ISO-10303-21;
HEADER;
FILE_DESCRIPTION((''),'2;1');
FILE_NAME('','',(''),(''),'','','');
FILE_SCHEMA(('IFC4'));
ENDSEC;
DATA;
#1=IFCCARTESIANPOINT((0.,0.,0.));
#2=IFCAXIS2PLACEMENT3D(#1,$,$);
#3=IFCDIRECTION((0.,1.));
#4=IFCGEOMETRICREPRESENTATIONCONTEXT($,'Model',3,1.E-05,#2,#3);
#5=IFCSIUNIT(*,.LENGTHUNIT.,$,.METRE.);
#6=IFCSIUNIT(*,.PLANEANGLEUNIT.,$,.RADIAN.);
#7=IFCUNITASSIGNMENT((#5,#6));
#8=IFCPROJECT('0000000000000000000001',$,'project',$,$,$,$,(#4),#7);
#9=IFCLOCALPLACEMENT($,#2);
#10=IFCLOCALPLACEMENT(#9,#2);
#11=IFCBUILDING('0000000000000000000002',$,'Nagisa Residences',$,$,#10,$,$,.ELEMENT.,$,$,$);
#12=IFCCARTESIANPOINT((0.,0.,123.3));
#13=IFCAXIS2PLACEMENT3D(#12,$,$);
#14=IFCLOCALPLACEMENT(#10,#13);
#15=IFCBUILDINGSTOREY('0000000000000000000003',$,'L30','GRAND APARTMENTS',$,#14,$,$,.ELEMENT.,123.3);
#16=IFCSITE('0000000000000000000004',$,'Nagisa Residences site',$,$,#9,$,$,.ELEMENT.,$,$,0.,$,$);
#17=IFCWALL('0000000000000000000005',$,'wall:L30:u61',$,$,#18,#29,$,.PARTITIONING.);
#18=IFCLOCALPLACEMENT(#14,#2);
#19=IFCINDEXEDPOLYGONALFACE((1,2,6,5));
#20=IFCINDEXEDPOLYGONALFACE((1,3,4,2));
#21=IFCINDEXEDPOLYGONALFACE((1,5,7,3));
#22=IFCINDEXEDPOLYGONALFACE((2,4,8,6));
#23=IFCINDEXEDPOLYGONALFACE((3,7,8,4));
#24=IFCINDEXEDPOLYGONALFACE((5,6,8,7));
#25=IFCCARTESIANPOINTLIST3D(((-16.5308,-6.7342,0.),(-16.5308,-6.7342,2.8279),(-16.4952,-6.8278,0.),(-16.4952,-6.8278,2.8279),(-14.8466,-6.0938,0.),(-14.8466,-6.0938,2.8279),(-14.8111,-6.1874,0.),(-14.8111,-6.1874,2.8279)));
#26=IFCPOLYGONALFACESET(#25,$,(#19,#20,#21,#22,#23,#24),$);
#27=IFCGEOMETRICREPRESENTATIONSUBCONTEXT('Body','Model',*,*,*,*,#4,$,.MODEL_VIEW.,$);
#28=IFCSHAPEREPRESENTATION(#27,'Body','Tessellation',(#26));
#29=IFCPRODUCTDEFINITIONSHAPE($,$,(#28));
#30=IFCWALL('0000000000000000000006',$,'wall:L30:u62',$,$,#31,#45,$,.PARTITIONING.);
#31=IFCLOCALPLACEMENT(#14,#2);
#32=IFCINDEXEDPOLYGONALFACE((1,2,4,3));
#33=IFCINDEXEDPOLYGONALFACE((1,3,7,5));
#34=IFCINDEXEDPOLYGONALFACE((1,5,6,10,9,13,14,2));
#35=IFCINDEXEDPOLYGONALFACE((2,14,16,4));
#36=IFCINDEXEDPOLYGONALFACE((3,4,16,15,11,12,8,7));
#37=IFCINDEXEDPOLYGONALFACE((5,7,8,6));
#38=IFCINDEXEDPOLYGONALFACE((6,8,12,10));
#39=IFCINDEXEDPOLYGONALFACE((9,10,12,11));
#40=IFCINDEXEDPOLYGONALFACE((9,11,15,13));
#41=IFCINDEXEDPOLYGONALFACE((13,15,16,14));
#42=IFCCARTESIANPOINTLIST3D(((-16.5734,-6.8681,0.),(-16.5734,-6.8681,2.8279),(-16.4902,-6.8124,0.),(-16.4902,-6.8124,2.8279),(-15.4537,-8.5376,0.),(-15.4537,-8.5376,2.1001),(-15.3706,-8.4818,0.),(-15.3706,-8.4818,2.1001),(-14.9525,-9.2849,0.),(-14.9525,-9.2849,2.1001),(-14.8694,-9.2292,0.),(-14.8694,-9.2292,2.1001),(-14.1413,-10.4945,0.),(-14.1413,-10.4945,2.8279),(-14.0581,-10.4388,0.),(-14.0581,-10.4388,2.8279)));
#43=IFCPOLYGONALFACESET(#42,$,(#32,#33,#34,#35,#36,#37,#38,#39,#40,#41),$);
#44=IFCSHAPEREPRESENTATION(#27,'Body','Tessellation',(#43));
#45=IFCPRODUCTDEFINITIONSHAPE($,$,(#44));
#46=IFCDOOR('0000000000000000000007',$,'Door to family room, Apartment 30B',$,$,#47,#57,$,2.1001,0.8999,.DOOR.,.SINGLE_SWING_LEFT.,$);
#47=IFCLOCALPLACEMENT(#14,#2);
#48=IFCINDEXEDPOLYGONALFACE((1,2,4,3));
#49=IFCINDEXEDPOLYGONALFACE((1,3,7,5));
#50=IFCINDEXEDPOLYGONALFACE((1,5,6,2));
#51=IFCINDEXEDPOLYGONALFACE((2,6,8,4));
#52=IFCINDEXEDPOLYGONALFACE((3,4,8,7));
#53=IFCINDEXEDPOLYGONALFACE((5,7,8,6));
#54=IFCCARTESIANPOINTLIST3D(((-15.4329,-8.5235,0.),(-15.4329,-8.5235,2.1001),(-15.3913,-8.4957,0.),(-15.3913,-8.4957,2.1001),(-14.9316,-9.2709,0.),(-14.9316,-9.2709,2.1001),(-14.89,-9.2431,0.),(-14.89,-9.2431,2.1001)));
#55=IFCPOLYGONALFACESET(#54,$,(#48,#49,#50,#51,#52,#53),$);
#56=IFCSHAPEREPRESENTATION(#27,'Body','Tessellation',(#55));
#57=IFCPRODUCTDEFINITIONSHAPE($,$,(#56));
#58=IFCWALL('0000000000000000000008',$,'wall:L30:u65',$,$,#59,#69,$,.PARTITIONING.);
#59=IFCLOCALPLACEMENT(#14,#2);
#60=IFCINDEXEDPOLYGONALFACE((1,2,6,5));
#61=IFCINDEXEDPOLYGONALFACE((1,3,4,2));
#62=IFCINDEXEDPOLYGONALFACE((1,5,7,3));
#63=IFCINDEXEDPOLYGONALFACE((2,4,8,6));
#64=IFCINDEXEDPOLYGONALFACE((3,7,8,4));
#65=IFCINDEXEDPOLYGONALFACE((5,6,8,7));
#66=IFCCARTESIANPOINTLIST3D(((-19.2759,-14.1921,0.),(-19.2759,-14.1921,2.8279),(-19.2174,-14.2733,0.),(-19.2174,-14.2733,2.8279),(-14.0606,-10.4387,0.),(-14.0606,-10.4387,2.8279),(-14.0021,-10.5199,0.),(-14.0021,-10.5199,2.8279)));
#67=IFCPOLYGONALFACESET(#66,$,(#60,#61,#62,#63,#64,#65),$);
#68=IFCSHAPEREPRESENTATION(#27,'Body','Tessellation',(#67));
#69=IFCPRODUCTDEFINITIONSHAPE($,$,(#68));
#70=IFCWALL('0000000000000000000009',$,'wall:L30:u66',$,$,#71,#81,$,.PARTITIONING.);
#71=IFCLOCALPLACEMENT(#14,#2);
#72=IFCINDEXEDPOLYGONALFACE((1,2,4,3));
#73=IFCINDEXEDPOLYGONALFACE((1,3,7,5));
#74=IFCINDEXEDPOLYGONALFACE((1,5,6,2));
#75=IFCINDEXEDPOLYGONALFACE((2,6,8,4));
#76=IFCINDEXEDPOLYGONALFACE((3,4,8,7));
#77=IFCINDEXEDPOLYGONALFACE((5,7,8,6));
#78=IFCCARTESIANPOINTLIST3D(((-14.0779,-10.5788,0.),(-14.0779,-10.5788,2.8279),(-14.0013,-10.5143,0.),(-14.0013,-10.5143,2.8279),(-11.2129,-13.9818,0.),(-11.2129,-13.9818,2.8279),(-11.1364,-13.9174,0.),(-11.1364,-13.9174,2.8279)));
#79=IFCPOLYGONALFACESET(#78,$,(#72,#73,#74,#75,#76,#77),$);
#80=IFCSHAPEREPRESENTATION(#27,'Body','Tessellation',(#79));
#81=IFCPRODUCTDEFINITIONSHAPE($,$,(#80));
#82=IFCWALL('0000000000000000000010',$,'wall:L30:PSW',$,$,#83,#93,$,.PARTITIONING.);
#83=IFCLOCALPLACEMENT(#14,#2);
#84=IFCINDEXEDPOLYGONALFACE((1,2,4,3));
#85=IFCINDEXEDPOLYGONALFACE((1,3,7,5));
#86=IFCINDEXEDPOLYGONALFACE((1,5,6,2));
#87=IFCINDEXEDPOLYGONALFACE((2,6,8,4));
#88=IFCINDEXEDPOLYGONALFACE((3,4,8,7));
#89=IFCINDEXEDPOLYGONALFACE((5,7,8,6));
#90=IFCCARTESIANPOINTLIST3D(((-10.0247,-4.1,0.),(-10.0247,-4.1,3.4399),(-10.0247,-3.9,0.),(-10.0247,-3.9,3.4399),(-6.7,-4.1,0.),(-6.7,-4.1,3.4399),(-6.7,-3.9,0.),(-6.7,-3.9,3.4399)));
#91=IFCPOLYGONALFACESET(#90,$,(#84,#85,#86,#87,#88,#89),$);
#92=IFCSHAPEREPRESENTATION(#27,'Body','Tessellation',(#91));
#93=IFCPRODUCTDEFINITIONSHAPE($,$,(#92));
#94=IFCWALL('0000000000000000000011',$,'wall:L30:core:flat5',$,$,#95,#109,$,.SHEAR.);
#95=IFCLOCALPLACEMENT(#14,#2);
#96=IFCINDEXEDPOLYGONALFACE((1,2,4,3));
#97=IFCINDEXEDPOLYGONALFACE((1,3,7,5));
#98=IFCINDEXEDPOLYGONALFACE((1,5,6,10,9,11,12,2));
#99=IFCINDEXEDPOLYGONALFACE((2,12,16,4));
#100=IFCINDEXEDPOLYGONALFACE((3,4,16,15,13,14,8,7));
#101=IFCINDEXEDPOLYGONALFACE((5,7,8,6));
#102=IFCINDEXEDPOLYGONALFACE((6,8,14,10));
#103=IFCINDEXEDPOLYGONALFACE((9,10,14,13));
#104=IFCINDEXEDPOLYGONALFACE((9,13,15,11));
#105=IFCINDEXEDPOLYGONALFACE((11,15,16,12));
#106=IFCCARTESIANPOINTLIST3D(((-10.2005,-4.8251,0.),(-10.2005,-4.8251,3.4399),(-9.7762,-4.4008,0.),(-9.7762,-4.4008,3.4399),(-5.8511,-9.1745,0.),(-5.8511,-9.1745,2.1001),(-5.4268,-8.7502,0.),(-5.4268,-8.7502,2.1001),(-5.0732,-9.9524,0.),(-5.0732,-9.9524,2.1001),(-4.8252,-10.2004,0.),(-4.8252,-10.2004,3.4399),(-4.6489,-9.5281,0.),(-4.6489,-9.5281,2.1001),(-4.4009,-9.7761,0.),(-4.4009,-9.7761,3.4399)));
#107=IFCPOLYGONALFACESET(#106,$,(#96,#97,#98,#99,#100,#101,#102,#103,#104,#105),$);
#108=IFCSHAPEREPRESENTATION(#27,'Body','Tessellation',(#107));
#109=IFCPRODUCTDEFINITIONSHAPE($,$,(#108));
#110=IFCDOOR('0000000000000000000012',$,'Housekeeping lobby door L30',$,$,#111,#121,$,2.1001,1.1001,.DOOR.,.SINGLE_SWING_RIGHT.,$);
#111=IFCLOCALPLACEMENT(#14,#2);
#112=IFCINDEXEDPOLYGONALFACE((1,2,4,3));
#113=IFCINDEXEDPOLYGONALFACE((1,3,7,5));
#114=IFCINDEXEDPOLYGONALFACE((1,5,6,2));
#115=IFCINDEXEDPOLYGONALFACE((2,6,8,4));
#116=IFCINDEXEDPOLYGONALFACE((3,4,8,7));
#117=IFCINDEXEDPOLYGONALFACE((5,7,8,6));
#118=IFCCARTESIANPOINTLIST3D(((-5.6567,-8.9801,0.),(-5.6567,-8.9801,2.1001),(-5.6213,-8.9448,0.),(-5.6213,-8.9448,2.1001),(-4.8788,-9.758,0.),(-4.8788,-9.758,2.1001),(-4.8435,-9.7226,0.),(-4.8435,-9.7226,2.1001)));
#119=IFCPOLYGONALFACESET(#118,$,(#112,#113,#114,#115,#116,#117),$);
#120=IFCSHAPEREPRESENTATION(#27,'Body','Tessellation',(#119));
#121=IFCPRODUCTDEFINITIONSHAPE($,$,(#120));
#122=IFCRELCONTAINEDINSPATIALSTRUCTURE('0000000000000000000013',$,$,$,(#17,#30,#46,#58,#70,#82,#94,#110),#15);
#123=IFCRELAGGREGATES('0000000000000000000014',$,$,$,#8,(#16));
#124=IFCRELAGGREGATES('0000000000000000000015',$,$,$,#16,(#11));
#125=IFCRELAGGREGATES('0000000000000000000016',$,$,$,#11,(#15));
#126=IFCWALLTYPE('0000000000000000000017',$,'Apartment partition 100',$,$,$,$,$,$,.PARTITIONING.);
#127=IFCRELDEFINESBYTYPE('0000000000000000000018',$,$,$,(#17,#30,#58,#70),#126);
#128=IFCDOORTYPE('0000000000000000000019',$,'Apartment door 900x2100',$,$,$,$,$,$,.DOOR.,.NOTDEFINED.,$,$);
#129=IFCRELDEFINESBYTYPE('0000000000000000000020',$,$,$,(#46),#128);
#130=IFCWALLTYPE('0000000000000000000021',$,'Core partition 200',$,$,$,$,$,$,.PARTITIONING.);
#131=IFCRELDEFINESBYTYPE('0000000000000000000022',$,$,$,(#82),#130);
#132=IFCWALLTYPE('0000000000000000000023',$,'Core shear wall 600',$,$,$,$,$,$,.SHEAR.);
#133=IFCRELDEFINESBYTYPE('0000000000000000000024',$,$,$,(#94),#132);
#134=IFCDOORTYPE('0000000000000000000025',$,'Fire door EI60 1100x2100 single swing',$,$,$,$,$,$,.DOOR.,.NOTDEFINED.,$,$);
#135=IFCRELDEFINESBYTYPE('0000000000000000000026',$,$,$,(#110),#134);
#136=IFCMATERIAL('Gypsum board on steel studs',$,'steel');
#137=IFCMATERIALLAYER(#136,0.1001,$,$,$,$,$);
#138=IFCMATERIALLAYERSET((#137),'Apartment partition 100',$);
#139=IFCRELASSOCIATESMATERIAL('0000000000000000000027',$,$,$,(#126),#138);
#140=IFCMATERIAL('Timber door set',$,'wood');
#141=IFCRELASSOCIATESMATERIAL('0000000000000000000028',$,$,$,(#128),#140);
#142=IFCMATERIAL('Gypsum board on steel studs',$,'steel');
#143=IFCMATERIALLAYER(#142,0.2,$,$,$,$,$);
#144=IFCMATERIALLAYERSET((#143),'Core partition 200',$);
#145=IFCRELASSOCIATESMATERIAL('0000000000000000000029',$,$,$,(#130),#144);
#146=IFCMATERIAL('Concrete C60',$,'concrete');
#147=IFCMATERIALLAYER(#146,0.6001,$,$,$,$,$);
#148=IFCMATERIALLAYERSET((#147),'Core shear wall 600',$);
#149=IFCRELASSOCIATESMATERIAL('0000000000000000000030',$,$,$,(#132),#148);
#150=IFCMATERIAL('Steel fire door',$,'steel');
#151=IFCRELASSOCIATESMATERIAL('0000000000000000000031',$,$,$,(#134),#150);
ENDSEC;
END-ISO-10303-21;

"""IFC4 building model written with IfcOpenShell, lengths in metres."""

from ifc_helpers import new_model, si_unit, direction, frame, frame_2d, origin, place, context, subcontext, project, spatial, rectangle, extrude, material, layer, layer_set, type_object, element, fill, save


model = new_model("IFC4")

# Units and contexts
model_context = context("Model", 3, precision=1e-05, world=origin(), true_north=direction((0.0, 1.0)))
body_context = subcontext(model_context, "Body", "Model", "MODEL_VIEW")
ifc_project = project(units=[si_unit("LENGTHUNIT", "METRE"), si_unit("PLANEANGLEUNIT", "RADIAN")], contexts=[model_context])

# Site, building, storey
site_placement = place(None, origin())
site = spatial("IfcSite", under=ifc_project, at=site_placement, Name="Nagisa Residences site", CompositionType="ELEMENT", RefElevation=0.0)
building_placement = place(site_placement, origin())
building = spatial("IfcBuilding", under=site, at=building_placement, Name="Nagisa Residences", CompositionType="ELEMENT")
storey_placement = place(building_placement, frame((0.0, 0.0, 123.3)))
storey = spatial("IfcBuildingStorey", under=building, at=storey_placement, Name="L30", Description="GRAND APARTMENTS", CompositionType="ELEMENT", Elevation=123.3)

# Shared definitions
ifc_material_1 = material(Name="Gypsum board on steel studs", Category="steel")
ifc_layer_1 = layer(ifc_material_1, 0.1001)
ifc_layer_set_1 = layer_set([ifc_layer_1], Name="Apartment partition 100")
wall_type_1 = type_object("IfcWallType", Name="Apartment partition 100", PredefinedType="PARTITIONING", material=ifc_layer_set_1)
ifc_material_2 = material(Name="Timber door set", Category="wood")
door_type_1 = type_object("IfcDoorType", Name="Apartment door 900x2100", OperationType="NOTDEFINED", PredefinedType="DOOR", material=ifc_material_2)

# Wall
wall_1_placement = place(storey_placement, frame((-14.8289, -6.1406, 0.0), z_axis=(0.0, 0.0, 1.0), x_axis=(-0.934704, -0.355426, 0.0)))
element("IfcWall", 1, at=wall_1_placement, inside=storey, type_object=wall_type_1, Name="wall:L30:u61", PredefinedType="PARTITIONING", context=body_context, shape_type="SweptSolid", body=[
    extrude(rectangle(XDim=1.8018, YDim=0.1001, at=frame_2d((0.9009, 0.0))), origin(), (0.0, 0.0, 1.0), 2.8279),
])

# Wall, opening, door
wall_2_placement = place(storey_placement, frame((-16.5317, -6.8403, 0.0), z_axis=(0.0, 0.0, 1.0), x_axis=(0.556995, -0.830516, 0.0)))
wall_2 = element("IfcWall", 2, at=wall_2_placement, inside=storey, type_object=wall_type_1, Name="wall:L30:u62", PredefinedType="PARTITIONING", context=body_context, shape_type="SweptSolid", body=[
    extrude(rectangle(XDim=4.3665, YDim=0.1001, at=frame_2d((2.1831, 0.0))), origin(), (0.0, 0.0, 1.0), 2.8279),
])
opening_1_placement = place(wall_2_placement, frame((2.01, 0.0, 0.0)))
opening_1 = element("IfcOpeningElement", 3, at=opening_1_placement, cuts=wall_2, PredefinedType="OPENING", context=body_context, shape_type="SweptSolid", body=[
    extrude(rectangle(XDim=0.8999, YDim=2.1001, at=frame_2d((0.45, 1.05))), frame((0.0, 0.0601, 0.0), z_axis=(0.0, -1.0, 0.0), x_axis=(1.0, 0.0, 0.0)), (0.0, 0.0, 1.0), 0.1201),
])
door_1_placement = place(opening_1_placement, frame((0.8999, 0.0, 0.0), x_axis=(-1.0, 0.0, 0.0)))
door_1 = element("IfcDoor", 4, at=door_1_placement, inside=storey, type_object=door_type_1, Name="Door to family room, Apartment 30B", OperationType="SINGLE_SWING_LEFT", OverallHeight=2.1001, OverallWidth=0.8999, PredefinedType="DOOR", context=body_context, shape_type="SweptSolid", body=[
    extrude(rectangle(XDim=0.8999, YDim=2.1001, at=frame_2d((0.45, 1.05))), frame((0.0, 0.0249, 0.0), z_axis=(0.0, -1.0, 0.0), x_axis=(1.0, 0.0, 0.0)), (0.0, 0.0, 1.0), 0.05),
])
fill(opening_1, door_1)

# Walls
wall_3_placement = place(storey_placement, frame((-14.0312, -10.4792, 0.0), z_axis=(0.0, 0.0, 1.0), x_axis=(-0.811654, -0.584139, 0.0)))
element("IfcWall", 5, at=wall_3_placement, inside=storey, type_object=wall_type_1, Name="wall:L30:u65", PredefinedType="PARTITIONING", context=body_context, shape_type="SweptSolid", body=[
    extrude(rectangle(XDim=6.4255, YDim=0.1001, at=frame_2d((3.2129, 0.0))), origin(), (0.0, 0.0, 1.0), 2.8279),
])
wall_4_placement = place(storey_placement, frame((-14.0396, -10.5466, 0.0), z_axis=(0.0, 0.0, 1.0), x_axis=(0.644036, -0.764995, 0.0)))
element("IfcWall", 6, at=wall_4_placement, inside=storey, type_object=wall_type_1, Name="wall:L30:u66", PredefinedType="PARTITIONING", context=body_context, shape_type="SweptSolid", body=[
    extrude(rectangle(XDim=4.4485, YDim=0.1001, at=frame_2d((2.2241, 0.0))), origin(), (0.0, 0.0, 1.0), 2.8279),
])
ifc_material_3 = material(Name="Gypsum board on steel studs", Category="steel")
ifc_layer_2 = layer(ifc_material_3, 0.2)
ifc_layer_set_2 = layer_set([ifc_layer_2], Name="Core partition 200")
wall_type_2 = type_object("IfcWallType", Name="Core partition 200", PredefinedType="PARTITIONING", material=ifc_layer_set_2)
wall_5_placement = place(storey_placement, frame((-10.0247, -4.0, 0.0), z_axis=(0.0, 0.0, 1.0), x_axis=(1.0, 0.0, 0.0)))
element("IfcWall", 7, at=wall_5_placement, inside=storey, type_object=wall_type_2, Name="wall:L30:PSW", PredefinedType="PARTITIONING", context=body_context, shape_type="SweptSolid", body=[
    extrude(rectangle(XDim=3.3247, YDim=0.2, at=frame_2d((1.6624, 0.0))), origin(), (0.0, 0.0, 1.0), 3.4399),
])

# Wall, opening, door
ifc_material_4 = material(Name="Concrete C60", Category="concrete")
ifc_layer_3 = layer(ifc_material_4, 0.6001)
ifc_layer_set_3 = layer_set([ifc_layer_3], Name="Core shear wall 600")
wall_type_3 = type_object("IfcWallType", Name="Core shear wall 600", PredefinedType="SHEAR", material=ifc_layer_set_3)
wall_6_placement = place(storey_placement, frame((-9.9883, -4.613, 0.0), z_axis=(0.0, 0.0, 1.0), x_axis=(0.707107, -0.707107, 0.0)))
wall_6 = element("IfcWall", 8, at=wall_6_placement, inside=storey, type_object=wall_type_3, Name="wall:L30:core:flat5", PredefinedType="SHEAR", context=body_context, shape_type="SweptSolid", body=[
    extrude(rectangle(XDim=7.6018, YDim=0.6001, at=frame_2d((3.8008, 0.0))), origin(), (0.0, 0.0, 1.0), 3.4399),
])
opening_2_placement = place(wall_6_placement, frame((6.1509, 0.0, 0.0)))
opening_2 = element("IfcOpeningElement", 9, at=opening_2_placement, cuts=wall_6, PredefinedType="OPENING", context=body_context, shape_type="SweptSolid", body=[
    extrude(rectangle(XDim=1.1001, YDim=2.1001, at=frame_2d((0.55, 1.05))), frame((0.0, 0.3101, 0.0), z_axis=(0.0, -1.0, 0.0), x_axis=(1.0, 0.0, 0.0)), (0.0, 0.0, 1.0), 0.6201),
])
ifc_material_5 = material(Name="Steel fire door", Category="steel")
door_type_2 = type_object("IfcDoorType", Name="Fire door EI60 1100x2100 single swing", OperationType="NOTDEFINED", PredefinedType="DOOR", material=ifc_material_5)
door_2_placement = place(opening_2_placement, origin())
door_2 = element("IfcDoor", 10, at=door_2_placement, inside=storey, type_object=door_type_2, Name="Housekeeping lobby door L30", OperationType="SINGLE_SWING_RIGHT", OverallHeight=2.1001, OverallWidth=1.1001, PredefinedType="DOOR", context=body_context, shape_type="SweptSolid", body=[
    extrude(rectangle(XDim=1.1001, YDim=2.1001, at=frame_2d((0.55, 1.05))), frame((0.0, 0.0249, 0.0), z_axis=(0.0, -1.0, 0.0), x_axis=(1.0, 0.0, 0.0)), (0.0, 0.0, 1.0), 0.05),
])
fill(opening_2, door_2)

save(model, "model.ifc")
